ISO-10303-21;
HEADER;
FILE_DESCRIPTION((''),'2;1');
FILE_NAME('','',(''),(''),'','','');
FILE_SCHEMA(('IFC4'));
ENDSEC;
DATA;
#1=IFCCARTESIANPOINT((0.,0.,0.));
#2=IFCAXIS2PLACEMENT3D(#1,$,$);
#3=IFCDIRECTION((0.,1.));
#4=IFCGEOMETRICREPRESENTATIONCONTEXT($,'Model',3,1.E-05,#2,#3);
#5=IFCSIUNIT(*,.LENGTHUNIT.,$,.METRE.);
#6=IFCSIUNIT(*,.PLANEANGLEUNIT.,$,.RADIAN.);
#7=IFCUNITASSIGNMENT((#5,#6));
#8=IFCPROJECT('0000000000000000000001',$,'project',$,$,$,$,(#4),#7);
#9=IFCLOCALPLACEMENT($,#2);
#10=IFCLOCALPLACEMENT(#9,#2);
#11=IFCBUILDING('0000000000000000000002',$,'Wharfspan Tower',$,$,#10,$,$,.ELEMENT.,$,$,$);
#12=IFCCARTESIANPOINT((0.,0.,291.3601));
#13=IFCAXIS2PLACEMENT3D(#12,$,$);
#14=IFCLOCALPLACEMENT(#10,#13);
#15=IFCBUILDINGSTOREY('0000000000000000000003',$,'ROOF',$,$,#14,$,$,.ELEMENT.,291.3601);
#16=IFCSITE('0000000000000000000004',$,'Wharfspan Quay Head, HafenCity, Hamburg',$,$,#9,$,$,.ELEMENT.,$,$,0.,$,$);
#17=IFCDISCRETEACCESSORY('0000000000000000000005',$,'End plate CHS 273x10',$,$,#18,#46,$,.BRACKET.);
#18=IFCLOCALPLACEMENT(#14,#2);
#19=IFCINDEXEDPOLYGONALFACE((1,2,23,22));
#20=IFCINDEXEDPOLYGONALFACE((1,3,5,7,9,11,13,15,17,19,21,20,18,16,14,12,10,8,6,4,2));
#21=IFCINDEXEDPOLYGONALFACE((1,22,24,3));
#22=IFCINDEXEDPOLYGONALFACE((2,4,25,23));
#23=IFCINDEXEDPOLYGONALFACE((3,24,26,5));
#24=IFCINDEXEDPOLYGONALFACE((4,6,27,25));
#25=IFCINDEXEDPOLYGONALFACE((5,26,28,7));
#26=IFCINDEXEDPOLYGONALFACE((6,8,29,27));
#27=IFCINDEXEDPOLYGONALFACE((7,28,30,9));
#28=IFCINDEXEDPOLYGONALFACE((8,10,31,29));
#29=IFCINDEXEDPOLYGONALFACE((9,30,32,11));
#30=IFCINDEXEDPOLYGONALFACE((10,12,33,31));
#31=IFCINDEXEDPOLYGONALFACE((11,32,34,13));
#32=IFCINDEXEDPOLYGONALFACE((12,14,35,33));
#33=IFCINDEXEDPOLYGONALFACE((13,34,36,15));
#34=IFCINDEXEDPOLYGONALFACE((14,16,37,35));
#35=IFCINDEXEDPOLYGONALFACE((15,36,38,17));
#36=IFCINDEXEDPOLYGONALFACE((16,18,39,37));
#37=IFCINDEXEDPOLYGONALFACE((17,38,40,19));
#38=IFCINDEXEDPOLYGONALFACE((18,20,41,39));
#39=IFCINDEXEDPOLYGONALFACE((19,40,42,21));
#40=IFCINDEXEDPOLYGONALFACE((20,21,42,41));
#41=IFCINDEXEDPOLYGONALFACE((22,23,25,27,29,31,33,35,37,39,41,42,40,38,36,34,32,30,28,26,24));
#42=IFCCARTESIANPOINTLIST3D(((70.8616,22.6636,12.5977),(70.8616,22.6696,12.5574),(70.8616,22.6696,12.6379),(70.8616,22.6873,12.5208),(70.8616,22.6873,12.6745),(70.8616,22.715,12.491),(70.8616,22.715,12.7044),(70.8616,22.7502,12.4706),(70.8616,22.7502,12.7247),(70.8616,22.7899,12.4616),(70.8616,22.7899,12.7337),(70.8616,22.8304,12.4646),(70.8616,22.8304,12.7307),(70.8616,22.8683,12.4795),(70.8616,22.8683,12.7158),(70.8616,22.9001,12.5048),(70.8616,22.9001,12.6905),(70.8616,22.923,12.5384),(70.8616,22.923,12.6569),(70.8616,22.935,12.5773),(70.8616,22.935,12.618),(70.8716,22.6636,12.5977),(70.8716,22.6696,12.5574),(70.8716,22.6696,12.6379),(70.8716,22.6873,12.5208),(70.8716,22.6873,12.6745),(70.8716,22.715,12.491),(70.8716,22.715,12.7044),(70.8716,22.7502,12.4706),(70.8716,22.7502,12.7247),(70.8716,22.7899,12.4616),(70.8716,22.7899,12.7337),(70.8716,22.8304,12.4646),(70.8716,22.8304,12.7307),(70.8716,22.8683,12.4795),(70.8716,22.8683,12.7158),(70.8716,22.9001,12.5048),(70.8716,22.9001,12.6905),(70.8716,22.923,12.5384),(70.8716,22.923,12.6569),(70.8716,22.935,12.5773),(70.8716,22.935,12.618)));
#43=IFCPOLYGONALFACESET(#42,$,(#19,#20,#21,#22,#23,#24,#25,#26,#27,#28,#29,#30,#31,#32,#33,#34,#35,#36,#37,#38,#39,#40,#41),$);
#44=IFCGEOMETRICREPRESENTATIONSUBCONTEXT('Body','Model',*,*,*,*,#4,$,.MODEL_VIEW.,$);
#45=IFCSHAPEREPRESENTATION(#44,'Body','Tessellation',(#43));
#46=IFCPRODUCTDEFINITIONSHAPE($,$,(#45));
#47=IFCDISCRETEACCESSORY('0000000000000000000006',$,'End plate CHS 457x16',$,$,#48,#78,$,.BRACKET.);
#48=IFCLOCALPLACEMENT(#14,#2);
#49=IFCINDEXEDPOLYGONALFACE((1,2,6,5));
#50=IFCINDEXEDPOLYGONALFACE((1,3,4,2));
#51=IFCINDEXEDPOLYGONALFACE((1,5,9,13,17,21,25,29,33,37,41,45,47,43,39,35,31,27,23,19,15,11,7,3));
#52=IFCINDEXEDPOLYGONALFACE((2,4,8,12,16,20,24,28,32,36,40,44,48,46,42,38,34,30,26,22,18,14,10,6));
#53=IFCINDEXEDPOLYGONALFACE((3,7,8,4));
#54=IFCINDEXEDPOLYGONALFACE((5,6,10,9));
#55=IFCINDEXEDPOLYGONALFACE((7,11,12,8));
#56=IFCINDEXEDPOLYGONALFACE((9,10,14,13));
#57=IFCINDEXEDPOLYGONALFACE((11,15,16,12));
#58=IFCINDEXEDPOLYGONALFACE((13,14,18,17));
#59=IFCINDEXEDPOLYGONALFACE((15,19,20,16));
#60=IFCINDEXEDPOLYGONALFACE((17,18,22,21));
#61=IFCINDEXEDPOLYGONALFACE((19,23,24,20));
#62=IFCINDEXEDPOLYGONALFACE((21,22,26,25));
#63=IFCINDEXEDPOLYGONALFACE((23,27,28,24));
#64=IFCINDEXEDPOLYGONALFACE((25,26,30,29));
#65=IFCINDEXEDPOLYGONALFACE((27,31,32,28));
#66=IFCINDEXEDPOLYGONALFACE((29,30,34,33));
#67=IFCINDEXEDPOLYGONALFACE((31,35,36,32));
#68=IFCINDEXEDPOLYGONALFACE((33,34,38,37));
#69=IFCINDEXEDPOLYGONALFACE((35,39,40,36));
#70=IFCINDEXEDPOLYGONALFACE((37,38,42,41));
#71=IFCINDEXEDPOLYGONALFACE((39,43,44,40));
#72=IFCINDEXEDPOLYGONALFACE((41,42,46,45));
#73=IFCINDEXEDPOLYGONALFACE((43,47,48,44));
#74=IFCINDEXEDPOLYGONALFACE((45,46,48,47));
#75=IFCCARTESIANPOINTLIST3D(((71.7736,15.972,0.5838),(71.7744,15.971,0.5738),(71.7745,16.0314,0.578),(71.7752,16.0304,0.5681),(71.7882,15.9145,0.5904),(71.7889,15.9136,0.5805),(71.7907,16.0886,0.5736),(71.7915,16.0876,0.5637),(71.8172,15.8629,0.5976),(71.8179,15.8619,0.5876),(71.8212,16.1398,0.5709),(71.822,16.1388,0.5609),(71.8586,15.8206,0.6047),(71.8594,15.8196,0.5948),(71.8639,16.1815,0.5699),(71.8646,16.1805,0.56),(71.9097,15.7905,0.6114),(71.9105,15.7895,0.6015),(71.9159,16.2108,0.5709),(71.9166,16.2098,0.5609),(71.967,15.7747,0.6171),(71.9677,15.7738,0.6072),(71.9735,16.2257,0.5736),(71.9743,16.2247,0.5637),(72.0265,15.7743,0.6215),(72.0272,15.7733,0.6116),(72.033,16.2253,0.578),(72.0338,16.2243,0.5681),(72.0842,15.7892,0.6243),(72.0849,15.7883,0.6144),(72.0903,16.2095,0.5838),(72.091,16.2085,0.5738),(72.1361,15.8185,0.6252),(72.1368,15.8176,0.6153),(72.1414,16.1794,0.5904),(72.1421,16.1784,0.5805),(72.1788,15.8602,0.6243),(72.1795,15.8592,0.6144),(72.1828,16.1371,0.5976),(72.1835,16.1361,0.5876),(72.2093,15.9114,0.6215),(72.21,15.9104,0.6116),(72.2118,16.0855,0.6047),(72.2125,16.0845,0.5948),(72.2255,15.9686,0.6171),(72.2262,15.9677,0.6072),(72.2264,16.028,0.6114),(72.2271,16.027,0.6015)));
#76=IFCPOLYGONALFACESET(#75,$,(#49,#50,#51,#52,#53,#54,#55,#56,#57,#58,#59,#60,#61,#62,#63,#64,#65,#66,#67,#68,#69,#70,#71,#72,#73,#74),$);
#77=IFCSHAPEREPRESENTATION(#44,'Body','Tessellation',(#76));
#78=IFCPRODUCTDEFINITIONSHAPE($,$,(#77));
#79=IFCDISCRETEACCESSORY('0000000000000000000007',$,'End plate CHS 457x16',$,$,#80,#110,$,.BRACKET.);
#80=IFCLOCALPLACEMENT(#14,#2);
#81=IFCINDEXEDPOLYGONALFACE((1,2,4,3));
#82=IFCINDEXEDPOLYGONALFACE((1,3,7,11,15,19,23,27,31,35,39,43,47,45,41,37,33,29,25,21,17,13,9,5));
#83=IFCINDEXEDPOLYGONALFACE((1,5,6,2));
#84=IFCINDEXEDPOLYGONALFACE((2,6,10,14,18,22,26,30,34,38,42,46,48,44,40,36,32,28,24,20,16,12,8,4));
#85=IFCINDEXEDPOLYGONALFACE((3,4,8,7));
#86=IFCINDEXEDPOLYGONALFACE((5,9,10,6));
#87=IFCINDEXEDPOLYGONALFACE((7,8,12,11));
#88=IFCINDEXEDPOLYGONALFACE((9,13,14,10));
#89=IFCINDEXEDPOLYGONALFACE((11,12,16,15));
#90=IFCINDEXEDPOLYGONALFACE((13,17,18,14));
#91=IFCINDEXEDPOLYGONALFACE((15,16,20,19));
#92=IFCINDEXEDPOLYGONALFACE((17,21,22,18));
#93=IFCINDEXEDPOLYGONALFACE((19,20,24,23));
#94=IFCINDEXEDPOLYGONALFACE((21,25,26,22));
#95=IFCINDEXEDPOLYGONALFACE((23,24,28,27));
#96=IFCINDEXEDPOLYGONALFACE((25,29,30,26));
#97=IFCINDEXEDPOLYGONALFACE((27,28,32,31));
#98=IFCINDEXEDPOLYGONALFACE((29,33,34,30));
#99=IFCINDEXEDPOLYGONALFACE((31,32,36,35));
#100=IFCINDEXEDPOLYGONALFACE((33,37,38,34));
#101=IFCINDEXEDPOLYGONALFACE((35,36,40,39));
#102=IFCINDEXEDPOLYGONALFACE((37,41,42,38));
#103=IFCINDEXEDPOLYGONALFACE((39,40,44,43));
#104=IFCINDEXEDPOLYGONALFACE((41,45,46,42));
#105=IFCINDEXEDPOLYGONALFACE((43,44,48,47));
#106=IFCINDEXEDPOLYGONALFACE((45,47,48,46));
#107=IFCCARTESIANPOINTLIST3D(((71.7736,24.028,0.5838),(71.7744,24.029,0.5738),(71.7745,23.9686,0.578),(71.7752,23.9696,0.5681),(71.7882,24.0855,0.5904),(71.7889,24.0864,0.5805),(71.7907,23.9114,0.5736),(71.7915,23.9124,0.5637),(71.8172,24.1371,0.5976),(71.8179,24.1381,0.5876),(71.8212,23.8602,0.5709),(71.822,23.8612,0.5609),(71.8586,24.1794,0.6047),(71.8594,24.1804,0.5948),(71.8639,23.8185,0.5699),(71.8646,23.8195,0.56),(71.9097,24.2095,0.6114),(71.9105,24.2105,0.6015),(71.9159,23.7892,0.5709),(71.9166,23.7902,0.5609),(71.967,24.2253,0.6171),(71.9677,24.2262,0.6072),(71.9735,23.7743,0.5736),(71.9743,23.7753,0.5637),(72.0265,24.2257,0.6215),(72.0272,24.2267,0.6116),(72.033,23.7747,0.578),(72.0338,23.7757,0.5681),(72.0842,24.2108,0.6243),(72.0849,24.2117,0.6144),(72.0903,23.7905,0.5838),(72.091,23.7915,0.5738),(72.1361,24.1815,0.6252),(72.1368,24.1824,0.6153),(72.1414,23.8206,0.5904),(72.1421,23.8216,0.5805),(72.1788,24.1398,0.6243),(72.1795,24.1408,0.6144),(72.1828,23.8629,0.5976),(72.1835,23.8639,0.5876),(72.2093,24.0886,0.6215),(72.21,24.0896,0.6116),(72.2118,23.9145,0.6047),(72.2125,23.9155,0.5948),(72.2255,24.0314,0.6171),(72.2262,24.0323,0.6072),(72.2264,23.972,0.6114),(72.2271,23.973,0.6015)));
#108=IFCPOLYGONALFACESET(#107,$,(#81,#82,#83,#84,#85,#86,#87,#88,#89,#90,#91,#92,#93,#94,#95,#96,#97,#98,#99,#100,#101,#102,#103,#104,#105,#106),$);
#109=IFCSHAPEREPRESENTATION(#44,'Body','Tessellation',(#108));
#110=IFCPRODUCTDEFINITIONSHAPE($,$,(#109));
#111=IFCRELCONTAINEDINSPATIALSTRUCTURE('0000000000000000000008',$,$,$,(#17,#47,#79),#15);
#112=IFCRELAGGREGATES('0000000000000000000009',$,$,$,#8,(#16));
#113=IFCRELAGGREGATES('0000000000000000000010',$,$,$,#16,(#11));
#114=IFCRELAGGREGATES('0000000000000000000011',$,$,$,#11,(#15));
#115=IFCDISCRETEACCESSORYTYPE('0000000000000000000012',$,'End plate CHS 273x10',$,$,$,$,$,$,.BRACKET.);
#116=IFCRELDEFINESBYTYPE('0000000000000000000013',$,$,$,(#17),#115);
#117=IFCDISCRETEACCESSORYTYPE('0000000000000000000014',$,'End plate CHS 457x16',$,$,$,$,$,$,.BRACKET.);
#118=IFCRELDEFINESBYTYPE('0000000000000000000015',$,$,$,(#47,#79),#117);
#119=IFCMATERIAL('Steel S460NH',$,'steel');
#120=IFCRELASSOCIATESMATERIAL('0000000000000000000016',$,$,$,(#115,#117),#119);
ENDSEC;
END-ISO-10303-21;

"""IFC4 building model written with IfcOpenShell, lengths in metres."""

from ifc_helpers import new_model, si_unit, direction, frame, origin, origin_2d, place, context, subcontext, project, spatial, circle, extrude, material, material_profile, profile_set, type_object, element, save


model = new_model("IFC4")

# Units and contexts
model_context = context("Model", 3, precision=1e-05, world=origin(), true_north=direction((0.0, 1.0)))
body_context = subcontext(model_context, "Body", "Model", "MODEL_VIEW")
ifc_project = project(units=[si_unit("LENGTHUNIT", "METRE"), si_unit("PLANEANGLEUNIT", "RADIAN")], contexts=[model_context])

# Site, building, storey
site_placement = place(None, origin())
site = spatial("IfcSite", under=ifc_project, at=site_placement, Name="Wharfspan Quay Head, HafenCity, Hamburg", CompositionType="ELEMENT", RefElevation=0.0)
building_placement = place(site_placement, origin())
building = spatial("IfcBuilding", under=site, at=building_placement, Name="Wharfspan Tower", CompositionType="ELEMENT")
storey_placement = place(building_placement, frame((0.0, 0.0, 291.3601)))
storey = spatial("IfcBuildingStorey", under=building, at=storey_placement, Name="ROOF", CompositionType="ELEMENT", Elevation=291.3601)

# Shared definitions
ifc_material_1 = material(Name="Steel S460NH", Category="steel")

# Discrete accessories
ifc_material_profile_1 = material_profile(ifc_material_1, circle(Radius=0.1365, at=origin_2d()))
ifc_profile_set_1 = profile_set([ifc_material_profile_1], Name="Steel S460NH")
discrete_accessory_type_1 = type_object("IfcDiscreteAccessoryType", Name="End plate CHS 273x10", PredefinedType="BRACKET", material=ifc_profile_set_1)
discrete_accessory_1_placement = place(storey_placement, frame((70.8716, 22.8, 12.5977), z_axis=(-1.0, 0.0, 0.0), x_axis=(0.0, -1.0, 0.0)))
element("IfcDiscreteAccessory", 1, at=discrete_accessory_1_placement, inside=storey, type_object=discrete_accessory_type_1, Name="End plate CHS 273x10", PredefinedType="BRACKET", context=body_context, shape_type="SweptSolid", body=[
    extrude(circle(Radius=0.1365, at=origin_2d()), origin(), (0.0, 0.0, 1.0), 0.01),
])
ifc_material_profile_2 = material_profile(ifc_material_1, circle(Radius=0.2285, at=origin_2d()))
ifc_profile_set_2 = profile_set([ifc_material_profile_2], Name="Steel S460NH")
discrete_accessory_type_2 = type_object("IfcDiscreteAccessoryType", Name="End plate CHS 457x16", PredefinedType="BRACKET", material=ifc_profile_set_2)
for number, where, z_axis, x_axis, name in (
    (2, (72.0007, 15.999, 0.5876), (-0.072633, 0.096844, 0.992646), (-0.8, -0.6, 0.0), "End plate CHS 457x16"),
    (3, (72.0007, 24.001, 0.5876), (-0.072633, -0.096844, 0.992646), (0.8, -0.6, 0.0), "End plate CHS 457x16"),
):
    element("IfcDiscreteAccessory", number, at=place(storey_placement, frame(where, z_axis=z_axis, x_axis=x_axis)), inside=storey, type_object=discrete_accessory_type_2, Name=name, PredefinedType="BRACKET", context=body_context, shape_type="SweptSolid", body=[
        extrude(circle(Radius=0.2285, at=origin_2d()), origin(), (0.0, 0.0, 1.0), 0.01),
    ])

save(model, "model.ifc")
